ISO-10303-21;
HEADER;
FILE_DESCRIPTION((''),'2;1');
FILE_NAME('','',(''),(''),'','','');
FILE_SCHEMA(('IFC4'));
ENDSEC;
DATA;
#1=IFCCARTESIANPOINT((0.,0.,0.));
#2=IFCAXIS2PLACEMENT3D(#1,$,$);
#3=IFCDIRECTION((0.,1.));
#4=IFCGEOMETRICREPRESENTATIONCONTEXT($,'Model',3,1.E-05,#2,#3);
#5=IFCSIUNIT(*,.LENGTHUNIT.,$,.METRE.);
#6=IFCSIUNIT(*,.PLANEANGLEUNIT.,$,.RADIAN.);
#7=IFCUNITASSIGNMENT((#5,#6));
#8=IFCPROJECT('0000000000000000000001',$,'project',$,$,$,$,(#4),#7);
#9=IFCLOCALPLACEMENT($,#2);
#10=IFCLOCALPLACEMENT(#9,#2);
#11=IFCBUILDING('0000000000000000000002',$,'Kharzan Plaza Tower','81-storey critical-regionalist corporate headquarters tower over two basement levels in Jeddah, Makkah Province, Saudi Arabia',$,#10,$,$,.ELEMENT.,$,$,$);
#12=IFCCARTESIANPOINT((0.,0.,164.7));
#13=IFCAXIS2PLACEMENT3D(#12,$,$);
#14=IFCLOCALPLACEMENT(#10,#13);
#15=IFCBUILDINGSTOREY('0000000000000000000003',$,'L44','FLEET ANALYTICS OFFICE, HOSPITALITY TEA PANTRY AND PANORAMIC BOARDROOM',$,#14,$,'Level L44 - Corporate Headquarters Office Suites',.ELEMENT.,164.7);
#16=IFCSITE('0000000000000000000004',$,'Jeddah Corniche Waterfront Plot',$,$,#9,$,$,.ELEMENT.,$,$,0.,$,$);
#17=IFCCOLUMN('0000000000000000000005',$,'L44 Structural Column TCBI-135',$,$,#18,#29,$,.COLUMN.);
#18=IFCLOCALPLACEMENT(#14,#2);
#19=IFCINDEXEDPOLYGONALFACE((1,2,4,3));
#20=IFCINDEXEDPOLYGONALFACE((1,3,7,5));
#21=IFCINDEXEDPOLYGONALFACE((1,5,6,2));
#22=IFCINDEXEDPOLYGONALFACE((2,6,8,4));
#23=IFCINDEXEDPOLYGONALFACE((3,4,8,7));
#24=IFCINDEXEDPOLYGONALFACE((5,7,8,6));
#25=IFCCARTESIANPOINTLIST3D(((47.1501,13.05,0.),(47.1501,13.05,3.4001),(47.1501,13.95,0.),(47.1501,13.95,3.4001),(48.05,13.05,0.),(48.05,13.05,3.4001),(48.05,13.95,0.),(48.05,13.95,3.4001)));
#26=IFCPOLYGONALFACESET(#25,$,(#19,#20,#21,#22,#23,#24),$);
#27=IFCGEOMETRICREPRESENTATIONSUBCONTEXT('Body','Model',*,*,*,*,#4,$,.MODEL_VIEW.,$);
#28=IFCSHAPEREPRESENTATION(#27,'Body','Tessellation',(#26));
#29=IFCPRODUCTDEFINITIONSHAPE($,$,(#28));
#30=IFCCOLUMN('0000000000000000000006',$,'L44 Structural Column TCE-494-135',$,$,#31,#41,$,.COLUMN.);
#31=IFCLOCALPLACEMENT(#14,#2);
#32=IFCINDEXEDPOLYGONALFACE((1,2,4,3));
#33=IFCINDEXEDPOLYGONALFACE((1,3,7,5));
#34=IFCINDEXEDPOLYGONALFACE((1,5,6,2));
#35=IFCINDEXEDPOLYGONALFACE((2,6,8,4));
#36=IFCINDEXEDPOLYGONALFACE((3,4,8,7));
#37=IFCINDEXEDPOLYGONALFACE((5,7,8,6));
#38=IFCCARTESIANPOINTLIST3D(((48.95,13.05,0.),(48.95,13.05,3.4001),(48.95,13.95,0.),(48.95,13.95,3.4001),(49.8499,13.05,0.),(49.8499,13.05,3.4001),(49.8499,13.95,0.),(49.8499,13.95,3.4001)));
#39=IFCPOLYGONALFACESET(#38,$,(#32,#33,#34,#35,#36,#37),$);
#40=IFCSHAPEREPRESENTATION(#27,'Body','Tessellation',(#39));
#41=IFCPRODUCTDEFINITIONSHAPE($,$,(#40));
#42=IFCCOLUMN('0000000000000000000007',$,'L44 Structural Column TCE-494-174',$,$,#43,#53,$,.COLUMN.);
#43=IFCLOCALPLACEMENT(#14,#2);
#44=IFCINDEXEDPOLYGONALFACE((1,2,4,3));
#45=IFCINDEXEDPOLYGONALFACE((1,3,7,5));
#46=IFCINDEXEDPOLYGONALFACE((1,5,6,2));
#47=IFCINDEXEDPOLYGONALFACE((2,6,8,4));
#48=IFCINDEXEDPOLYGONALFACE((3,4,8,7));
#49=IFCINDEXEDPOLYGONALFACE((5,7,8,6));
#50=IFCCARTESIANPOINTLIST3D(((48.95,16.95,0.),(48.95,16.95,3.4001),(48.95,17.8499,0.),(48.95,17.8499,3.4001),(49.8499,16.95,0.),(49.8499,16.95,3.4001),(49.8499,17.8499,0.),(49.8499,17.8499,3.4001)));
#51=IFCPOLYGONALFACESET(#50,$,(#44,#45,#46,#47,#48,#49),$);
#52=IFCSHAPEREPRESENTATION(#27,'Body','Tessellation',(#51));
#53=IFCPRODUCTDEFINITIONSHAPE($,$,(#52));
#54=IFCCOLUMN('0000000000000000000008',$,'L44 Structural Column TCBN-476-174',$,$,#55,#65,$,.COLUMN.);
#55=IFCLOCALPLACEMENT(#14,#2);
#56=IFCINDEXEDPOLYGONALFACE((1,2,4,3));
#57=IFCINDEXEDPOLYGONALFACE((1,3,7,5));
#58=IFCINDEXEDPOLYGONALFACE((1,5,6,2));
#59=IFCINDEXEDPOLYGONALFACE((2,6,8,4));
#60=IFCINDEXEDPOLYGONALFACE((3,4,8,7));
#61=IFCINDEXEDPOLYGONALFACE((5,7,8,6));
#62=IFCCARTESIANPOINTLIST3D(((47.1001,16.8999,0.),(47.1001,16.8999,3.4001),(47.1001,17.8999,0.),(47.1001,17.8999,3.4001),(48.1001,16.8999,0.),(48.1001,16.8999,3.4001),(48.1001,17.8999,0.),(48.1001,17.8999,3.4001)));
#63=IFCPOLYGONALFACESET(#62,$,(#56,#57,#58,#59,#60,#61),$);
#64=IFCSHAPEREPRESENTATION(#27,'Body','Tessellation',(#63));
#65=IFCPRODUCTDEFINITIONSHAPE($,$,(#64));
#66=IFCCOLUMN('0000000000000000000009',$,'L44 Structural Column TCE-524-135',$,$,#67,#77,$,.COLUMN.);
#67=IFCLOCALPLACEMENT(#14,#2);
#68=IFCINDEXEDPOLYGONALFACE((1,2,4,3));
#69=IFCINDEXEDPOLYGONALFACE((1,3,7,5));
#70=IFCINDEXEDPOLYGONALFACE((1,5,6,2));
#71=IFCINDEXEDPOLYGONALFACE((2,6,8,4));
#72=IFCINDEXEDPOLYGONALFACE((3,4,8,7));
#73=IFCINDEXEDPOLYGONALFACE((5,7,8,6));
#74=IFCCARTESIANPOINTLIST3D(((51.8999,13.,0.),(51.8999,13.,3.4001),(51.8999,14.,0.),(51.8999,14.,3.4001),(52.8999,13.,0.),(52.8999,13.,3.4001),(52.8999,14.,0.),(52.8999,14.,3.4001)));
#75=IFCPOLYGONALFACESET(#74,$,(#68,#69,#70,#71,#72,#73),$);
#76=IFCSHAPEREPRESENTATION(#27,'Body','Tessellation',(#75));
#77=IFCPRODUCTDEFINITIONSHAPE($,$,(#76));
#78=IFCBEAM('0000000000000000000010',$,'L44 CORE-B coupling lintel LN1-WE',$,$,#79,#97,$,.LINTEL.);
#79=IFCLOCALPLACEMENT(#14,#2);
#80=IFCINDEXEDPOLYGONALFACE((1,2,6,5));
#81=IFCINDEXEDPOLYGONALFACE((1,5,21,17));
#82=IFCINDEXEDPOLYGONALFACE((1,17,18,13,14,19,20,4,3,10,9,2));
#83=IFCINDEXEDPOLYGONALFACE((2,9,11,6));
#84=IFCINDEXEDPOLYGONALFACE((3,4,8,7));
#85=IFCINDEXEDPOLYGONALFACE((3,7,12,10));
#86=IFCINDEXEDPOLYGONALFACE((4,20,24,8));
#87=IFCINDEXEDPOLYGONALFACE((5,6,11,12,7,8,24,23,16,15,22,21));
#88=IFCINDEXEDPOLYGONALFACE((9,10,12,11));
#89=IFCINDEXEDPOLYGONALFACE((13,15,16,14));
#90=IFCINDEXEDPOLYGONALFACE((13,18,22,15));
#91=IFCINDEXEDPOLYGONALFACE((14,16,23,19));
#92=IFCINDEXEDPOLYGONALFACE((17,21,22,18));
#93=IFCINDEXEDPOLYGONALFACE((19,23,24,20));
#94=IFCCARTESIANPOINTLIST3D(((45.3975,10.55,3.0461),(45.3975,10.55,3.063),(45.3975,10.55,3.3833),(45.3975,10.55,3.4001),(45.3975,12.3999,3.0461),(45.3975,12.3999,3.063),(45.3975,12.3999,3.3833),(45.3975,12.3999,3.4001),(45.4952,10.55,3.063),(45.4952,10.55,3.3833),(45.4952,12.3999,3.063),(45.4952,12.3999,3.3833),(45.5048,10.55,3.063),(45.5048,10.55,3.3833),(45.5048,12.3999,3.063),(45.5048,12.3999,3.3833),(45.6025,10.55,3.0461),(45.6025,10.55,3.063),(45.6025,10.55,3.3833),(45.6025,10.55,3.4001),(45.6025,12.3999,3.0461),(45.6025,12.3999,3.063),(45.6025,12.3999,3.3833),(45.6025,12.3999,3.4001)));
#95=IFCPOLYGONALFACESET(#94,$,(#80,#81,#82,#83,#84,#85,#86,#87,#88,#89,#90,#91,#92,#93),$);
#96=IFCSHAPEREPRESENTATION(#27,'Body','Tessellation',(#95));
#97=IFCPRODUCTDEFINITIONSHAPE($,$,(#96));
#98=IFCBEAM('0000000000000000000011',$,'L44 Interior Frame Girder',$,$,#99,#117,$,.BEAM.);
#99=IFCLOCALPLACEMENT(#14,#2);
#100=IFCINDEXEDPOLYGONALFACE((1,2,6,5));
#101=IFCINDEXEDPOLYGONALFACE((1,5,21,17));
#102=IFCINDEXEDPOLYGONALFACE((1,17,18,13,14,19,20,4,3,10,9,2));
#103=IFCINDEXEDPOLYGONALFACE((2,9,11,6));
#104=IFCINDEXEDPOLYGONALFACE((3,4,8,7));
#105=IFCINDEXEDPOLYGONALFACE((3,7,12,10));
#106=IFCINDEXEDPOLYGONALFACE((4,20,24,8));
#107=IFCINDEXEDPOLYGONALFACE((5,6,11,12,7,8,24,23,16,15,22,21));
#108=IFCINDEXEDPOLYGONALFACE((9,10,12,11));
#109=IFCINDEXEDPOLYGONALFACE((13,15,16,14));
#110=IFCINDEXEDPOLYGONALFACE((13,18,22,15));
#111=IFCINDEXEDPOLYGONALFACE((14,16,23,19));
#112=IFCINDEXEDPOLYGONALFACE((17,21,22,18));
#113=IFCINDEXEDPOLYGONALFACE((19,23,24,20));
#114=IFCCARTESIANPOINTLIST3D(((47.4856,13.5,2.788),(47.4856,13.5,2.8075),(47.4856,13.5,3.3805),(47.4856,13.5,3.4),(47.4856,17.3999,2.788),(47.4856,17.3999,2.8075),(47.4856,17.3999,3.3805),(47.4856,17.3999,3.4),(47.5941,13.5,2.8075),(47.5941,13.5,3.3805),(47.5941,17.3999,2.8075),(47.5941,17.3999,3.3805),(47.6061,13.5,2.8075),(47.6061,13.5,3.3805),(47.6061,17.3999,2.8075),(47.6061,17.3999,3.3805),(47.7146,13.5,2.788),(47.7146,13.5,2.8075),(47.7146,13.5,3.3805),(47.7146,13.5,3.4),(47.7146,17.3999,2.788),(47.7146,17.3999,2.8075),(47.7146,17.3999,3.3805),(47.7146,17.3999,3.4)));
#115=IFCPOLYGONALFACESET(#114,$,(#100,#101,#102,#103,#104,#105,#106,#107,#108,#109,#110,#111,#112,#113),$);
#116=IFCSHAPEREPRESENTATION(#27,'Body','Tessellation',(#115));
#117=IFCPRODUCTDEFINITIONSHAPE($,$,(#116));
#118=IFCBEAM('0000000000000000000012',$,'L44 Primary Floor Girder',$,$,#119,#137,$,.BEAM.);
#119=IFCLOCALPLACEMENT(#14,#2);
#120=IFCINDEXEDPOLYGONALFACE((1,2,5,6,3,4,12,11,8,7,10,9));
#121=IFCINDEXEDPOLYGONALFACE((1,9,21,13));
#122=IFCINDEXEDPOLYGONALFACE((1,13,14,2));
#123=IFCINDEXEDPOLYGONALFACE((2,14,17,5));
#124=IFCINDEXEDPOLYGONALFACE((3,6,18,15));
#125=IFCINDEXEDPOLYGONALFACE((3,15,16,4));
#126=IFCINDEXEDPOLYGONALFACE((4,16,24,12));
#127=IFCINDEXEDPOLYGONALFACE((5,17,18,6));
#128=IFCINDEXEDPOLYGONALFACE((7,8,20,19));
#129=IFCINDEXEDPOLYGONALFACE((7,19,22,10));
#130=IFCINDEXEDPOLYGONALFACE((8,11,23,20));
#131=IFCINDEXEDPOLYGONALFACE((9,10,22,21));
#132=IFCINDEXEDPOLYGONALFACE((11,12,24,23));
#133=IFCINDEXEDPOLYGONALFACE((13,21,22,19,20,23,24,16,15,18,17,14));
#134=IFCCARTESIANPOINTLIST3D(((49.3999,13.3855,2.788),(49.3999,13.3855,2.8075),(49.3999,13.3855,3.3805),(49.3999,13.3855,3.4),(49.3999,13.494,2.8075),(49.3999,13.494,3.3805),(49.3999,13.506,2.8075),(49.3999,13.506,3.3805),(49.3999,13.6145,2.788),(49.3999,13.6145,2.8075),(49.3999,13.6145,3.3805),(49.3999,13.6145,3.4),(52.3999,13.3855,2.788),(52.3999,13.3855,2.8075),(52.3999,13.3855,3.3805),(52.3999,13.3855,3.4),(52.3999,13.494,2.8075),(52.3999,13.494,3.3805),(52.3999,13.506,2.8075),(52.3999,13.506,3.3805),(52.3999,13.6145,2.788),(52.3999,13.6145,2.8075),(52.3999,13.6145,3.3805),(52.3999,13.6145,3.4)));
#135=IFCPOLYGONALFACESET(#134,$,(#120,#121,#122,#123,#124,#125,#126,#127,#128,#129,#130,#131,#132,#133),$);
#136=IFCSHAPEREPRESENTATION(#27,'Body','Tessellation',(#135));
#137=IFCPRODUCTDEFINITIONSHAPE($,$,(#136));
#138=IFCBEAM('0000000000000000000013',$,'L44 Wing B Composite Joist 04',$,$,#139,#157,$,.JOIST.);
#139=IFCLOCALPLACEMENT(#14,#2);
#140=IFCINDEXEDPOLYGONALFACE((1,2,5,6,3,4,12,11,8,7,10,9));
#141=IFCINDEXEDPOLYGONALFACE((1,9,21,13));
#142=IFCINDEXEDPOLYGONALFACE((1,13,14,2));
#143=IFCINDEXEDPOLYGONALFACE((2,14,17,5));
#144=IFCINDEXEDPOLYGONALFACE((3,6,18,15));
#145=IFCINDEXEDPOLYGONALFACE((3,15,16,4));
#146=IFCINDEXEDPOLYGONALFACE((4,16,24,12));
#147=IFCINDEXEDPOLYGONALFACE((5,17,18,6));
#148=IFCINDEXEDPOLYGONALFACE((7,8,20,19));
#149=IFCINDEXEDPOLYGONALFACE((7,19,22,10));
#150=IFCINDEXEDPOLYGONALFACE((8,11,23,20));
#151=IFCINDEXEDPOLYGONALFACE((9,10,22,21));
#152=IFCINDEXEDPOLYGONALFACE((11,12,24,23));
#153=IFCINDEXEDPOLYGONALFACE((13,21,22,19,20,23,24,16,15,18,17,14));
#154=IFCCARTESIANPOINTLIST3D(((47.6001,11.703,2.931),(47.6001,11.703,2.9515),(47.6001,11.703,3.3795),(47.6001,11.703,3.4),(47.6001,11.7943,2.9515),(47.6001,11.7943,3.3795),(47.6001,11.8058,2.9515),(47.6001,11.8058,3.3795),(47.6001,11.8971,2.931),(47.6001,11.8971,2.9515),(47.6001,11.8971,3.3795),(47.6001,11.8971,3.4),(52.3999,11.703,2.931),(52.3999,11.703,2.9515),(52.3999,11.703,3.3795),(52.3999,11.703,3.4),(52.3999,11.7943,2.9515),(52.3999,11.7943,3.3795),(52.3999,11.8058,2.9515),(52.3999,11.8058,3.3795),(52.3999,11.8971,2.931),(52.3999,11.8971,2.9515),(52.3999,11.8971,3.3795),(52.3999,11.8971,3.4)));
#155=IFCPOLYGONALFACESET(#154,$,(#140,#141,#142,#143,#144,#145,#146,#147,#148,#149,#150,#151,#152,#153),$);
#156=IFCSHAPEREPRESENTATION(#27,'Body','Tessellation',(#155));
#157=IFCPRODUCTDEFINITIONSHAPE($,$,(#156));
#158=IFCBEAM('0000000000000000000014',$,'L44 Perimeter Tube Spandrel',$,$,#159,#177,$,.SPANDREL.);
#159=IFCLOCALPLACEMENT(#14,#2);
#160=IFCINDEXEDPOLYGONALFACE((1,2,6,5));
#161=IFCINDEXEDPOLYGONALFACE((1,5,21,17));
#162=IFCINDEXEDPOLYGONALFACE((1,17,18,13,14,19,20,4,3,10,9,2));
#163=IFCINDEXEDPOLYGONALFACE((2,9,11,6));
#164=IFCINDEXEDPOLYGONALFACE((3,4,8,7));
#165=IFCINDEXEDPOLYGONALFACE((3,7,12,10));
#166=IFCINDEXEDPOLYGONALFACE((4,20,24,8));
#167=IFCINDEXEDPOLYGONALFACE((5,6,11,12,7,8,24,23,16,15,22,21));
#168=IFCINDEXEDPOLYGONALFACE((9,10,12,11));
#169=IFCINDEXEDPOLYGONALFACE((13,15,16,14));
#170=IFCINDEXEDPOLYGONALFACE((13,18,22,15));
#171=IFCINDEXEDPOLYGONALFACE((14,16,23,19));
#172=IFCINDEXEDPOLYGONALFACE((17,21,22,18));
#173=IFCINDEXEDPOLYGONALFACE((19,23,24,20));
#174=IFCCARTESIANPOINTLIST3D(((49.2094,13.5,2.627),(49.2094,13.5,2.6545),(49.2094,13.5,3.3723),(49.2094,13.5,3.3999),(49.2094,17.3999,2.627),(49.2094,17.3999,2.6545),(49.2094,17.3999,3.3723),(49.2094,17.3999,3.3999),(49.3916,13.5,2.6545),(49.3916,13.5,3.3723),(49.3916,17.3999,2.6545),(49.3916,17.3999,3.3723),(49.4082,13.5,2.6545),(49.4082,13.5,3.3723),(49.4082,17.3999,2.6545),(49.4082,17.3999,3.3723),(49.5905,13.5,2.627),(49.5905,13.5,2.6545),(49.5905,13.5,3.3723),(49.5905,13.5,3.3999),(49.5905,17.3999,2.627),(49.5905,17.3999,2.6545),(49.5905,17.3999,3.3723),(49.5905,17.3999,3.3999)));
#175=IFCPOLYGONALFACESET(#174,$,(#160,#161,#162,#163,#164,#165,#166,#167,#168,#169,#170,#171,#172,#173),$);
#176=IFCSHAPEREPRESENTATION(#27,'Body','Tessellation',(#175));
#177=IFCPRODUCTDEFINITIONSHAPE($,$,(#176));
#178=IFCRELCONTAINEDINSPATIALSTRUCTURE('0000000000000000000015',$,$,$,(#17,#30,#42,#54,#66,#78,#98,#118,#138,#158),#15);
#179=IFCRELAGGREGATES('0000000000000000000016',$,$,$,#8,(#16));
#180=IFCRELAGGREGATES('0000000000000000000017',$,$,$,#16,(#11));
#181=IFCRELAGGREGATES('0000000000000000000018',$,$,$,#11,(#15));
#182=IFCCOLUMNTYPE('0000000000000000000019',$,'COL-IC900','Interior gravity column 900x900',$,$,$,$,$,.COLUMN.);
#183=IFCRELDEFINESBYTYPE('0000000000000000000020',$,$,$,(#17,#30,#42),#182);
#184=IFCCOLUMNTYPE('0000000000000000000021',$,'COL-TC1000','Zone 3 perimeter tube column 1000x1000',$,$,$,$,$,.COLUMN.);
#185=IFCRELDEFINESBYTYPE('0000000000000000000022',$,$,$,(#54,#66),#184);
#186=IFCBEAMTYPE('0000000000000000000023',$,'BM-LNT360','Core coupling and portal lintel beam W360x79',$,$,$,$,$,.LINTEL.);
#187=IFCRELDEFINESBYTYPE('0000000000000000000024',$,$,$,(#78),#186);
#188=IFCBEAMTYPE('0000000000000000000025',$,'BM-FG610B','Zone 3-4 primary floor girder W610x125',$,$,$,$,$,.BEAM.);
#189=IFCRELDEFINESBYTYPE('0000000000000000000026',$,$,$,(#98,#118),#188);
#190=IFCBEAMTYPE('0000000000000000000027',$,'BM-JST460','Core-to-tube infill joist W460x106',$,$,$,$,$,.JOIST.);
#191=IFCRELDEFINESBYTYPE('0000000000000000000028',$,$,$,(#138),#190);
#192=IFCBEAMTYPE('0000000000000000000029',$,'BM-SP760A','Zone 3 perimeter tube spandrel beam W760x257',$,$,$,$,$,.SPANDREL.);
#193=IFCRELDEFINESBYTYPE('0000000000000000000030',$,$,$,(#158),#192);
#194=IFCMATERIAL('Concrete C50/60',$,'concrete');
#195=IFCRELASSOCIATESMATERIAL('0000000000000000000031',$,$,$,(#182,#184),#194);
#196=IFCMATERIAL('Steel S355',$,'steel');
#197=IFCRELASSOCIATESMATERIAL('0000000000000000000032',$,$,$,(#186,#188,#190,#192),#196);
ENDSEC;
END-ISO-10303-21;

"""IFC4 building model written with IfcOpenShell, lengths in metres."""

from ifc_helpers import new_model, si_unit, direction, frame, origin, origin_2d, place, context, subcontext, project, spatial, rectangle, i_section, extrude, source, transform, mapped, material, material_profile, profile_set, type_object, element, save


model = new_model("IFC4")

# Units and contexts
model_context = context("Model", 3, precision=1e-05, world=origin(), true_north=direction((0.0, 1.0)))
body_context = subcontext(model_context, "Body", "Model", "MODEL_VIEW")
ifc_project = project(units=[si_unit("LENGTHUNIT", "METRE"), si_unit("PLANEANGLEUNIT", "RADIAN")], contexts=[model_context])

# Site, building, storey
site_placement = place(None, origin())
site = spatial("IfcSite", under=ifc_project, at=site_placement, Name="Jeddah Corniche Waterfront Plot", CompositionType="ELEMENT", RefElevation=0.0)
building_placement = place(site_placement, origin())
building = spatial("IfcBuilding", under=site, at=building_placement, Name="Kharzan Plaza Tower", Description="81-storey critical-regionalist corporate headquarters tower over two basement levels in Jeddah, Makkah Province, Saudi Arabia", CompositionType="ELEMENT")
storey_placement = place(building_placement, frame((0.0, 0.0, 164.7)))
storey = spatial("IfcBuildingStorey", under=building, at=storey_placement, Name="L44", Description="FLEET ANALYTICS OFFICE, HOSPITALITY TEA PANTRY AND PANORAMIC BOARDROOM", LongName="Level L44 - Corporate Headquarters Office Suites", CompositionType="ELEMENT", Elevation=164.7)

# Columns
ifc_material_1 = material(Name="Concrete C50/60", Category="concrete")
ifc_material_profile_1 = material_profile(ifc_material_1, rectangle(XDim=0.8999, YDim=0.8999, at=origin_2d()), Name="RC-IC900x900")
ifc_profile_set_1 = profile_set([ifc_material_profile_1], Name="Concrete C50/60")
column_type_1 = type_object("IfcColumnType", Name="COL-IC900", Description="Interior gravity column 900x900", PredefinedType="COLUMN", material=ifc_profile_set_1)
shared_shape_1 = source(origin(), body_context, "Body", "SweptSolid", [
    extrude(rectangle(XDim=0.8999, YDim=0.8999, at=origin_2d()), origin(), (0.0, 0.0, 1.0), 3.4001),
])
for number, where, z_axis, x_axis, name in (
    (1, (47.6001, 13.5, 0.0), (0.0, 0.0, 1.0), (1.0, 0.0, 0.0), "L44 Structural Column TCBI-135"),
    (2, (49.3999, 13.5, 0.0), (0.0, 0.0, 1.0), (1.0, 0.0, 0.0), "L44 Structural Column TCE-494-135"),
    (3, (49.3999, 17.3999, 0.0), (0.0, 0.0, 1.0), (1.0, 0.0, 0.0), "L44 Structural Column TCE-494-174"),
):
    element("IfcColumn", number, at=place(storey_placement, frame(where, z_axis=z_axis, x_axis=x_axis)), inside=storey, type_object=column_type_1, Name=name, PredefinedType="COLUMN", context=body_context, shape_type="MappedRepresentation", body=[
        mapped(shared_shape_1, transform((0.0, 0.0, 0.0), x_axis=(1.0, 0.0, 0.0), y_axis=(0.0, 1.0, 0.0), z_axis=(0.0, 0.0, 1.0))),
    ])
ifc_material_profile_2 = material_profile(ifc_material_1, rectangle(XDim=1.0, YDim=1.0, at=origin_2d()), Name="RC-TC1000x1000")
ifc_profile_set_2 = profile_set([ifc_material_profile_2], Name="Concrete C50/60")
column_type_2 = type_object("IfcColumnType", Name="COL-TC1000", Description="Zone 3 perimeter tube column 1000x1000", PredefinedType="COLUMN", material=ifc_profile_set_2)
shared_shape_2 = source(origin(), body_context, "Body", "SweptSolid", [
    extrude(rectangle(XDim=1.0, YDim=1.0, at=origin_2d()), origin(), (0.0, 0.0, 1.0), 3.4001),
])
for number, where, z_axis, x_axis, name in (
    (4, (47.6001, 17.3999, 0.0), (0.0, 0.0, 1.0), (1.0, 0.0, 0.0), "L44 Structural Column TCBN-476-174"),
    (5, (52.3999, 13.5, 0.0), (0.0, 0.0, 1.0), (1.0, 0.0, 0.0), "L44 Structural Column TCE-524-135"),
):
    element("IfcColumn", number, at=place(storey_placement, frame(where, z_axis=z_axis, x_axis=x_axis)), inside=storey, type_object=column_type_2, Name=name, PredefinedType="COLUMN", context=body_context, shape_type="MappedRepresentation", body=[
        mapped(shared_shape_2, transform((0.0, 0.0, 0.0), x_axis=(1.0, 0.0, 0.0), y_axis=(0.0, 1.0, 0.0), z_axis=(0.0, 0.0, 1.0))),
    ])

# Beams
ifc_material_2 = material(Name="Steel S355", Category="steel")
ifc_material_profile_3 = material_profile(ifc_material_2, i_section(OverallWidth=0.2051, OverallDepth=0.354, WebThickness=0.0095, FlangeThickness=0.0168, at=origin_2d()), Name="W360x79")
ifc_profile_set_3 = profile_set([ifc_material_profile_3], Name="Steel S355")
beam_type_1 = type_object("IfcBeamType", Name="BM-LNT360", Description="Core coupling and portal lintel beam W360x79", PredefinedType="LINTEL", material=ifc_profile_set_3)
shared_shape_3 = source(origin(), body_context, "Body", "SweptSolid", [
    extrude(i_section(OverallWidth=0.2051, OverallDepth=0.354, WebThickness=0.0095, FlangeThickness=0.0168, at=origin_2d()), origin(), (0.0, 0.0, 1.0), 1.8499),
])
beam_1_placement = place(storey_placement, frame((45.5, 10.55, 3.2231), z_axis=(0.0, 1.0, 0.0), x_axis=(-1.0, 0.0, 0.0)))
element("IfcBeam", 6, at=beam_1_placement, inside=storey, type_object=beam_type_1, Name="L44 CORE-B coupling lintel LN1-WE", PredefinedType="LINTEL", context=body_context, shape_type="MappedRepresentation", body=[
    mapped(shared_shape_3, transform((0.0, 0.0, 0.0), x_axis=(1.0, 0.0, 0.0), y_axis=(0.0, 1.0, 0.0), z_axis=(0.0, 0.0, 1.0))),
])
ifc_material_profile_4 = material_profile(ifc_material_2, i_section(OverallWidth=0.229, OverallDepth=0.6121, WebThickness=0.012, FlangeThickness=0.0195, at=origin_2d()), Name="W610x125")
ifc_profile_set_4 = profile_set([ifc_material_profile_4], Name="Steel S355")
beam_type_2 = type_object("IfcBeamType", Name="BM-FG610B", Description="Zone 3-4 primary floor girder W610x125", PredefinedType="BEAM", material=ifc_profile_set_4)
shared_shape_4 = source(origin(), body_context, "Body", "SweptSolid", [
    extrude(i_section(OverallWidth=0.229, OverallDepth=0.6121, WebThickness=0.012, FlangeThickness=0.0195, at=origin_2d()), origin(), (0.0, 0.0, 1.0), 3.8999),
])
beam_2_placement = place(storey_placement, frame((47.6001, 13.5, 3.094), z_axis=(0.0, 1.0, 0.0), x_axis=(-1.0, 0.0, 0.0)))
element("IfcBeam", 7, at=beam_2_placement, inside=storey, type_object=beam_type_2, Name="L44 Interior Frame Girder", PredefinedType="BEAM", context=body_context, shape_type="MappedRepresentation", body=[
    mapped(shared_shape_4, transform((0.0, 0.0, 0.0), x_axis=(1.0, 0.0, 0.0), y_axis=(0.0, 1.0, 0.0), z_axis=(0.0, 0.0, 1.0))),
])
shared_shape_5 = source(origin(), body_context, "Body", "SweptSolid", [
    extrude(i_section(OverallWidth=0.229, OverallDepth=0.6121, WebThickness=0.012, FlangeThickness=0.0195, at=origin_2d()), origin(), (0.0, 0.0, 1.0), 3.0),
])
beam_3_placement = place(storey_placement, frame((49.3999, 13.5, 3.094), z_axis=(1.0, 0.0, 0.0), x_axis=(0.0, 1.0, 0.0)))
element("IfcBeam", 8, at=beam_3_placement, inside=storey, type_object=beam_type_2, Name="L44 Primary Floor Girder", PredefinedType="BEAM", context=body_context, shape_type="MappedRepresentation", body=[
    mapped(shared_shape_5, transform((0.0, 0.0, 0.0), x_axis=(1.0, 0.0, 0.0), y_axis=(0.0, 1.0, 0.0), z_axis=(0.0, 0.0, 1.0))),
])
ifc_material_profile_5 = material_profile(ifc_material_2, i_section(OverallWidth=0.1941, OverallDepth=0.469, WebThickness=0.0115, FlangeThickness=0.0205, at=origin_2d()), Name="W460x106")
ifc_profile_set_5 = profile_set([ifc_material_profile_5], Name="Steel S355")
beam_type_3 = type_object("IfcBeamType", Name="BM-JST460", Description="Core-to-tube infill joist W460x106", PredefinedType="JOIST", material=ifc_profile_set_5)
shared_shape_6 = source(origin(), body_context, "Body", "SweptSolid", [
    extrude(i_section(OverallWidth=0.1941, OverallDepth=0.469, WebThickness=0.0115, FlangeThickness=0.0205, at=origin_2d()), origin(), (0.0, 0.0, 1.0), 4.7998),
])
beam_4_placement = place(storey_placement, frame((47.6001, 11.8, 3.1655), z_axis=(1.0, 0.0, 0.0), x_axis=(0.0, 1.0, 0.0)))
element("IfcBeam", 9, at=beam_4_placement, inside=storey, type_object=beam_type_3, Name="L44 Wing B Composite Joist 04", PredefinedType="JOIST", context=body_context, shape_type="MappedRepresentation", body=[
    mapped(shared_shape_6, transform((0.0, 0.0, 0.0), x_axis=(1.0, 0.0, 0.0), y_axis=(0.0, 1.0, 0.0), z_axis=(0.0, 0.0, 1.0))),
])
ifc_material_profile_6 = material_profile(ifc_material_2, i_section(OverallWidth=0.3811, OverallDepth=0.7729, WebThickness=0.0166, FlangeThickness=0.0276, at=origin_2d()), Name="W760x257")
ifc_profile_set_6 = profile_set([ifc_material_profile_6], Name="Steel S355")
beam_type_4 = type_object("IfcBeamType", Name="BM-SP760A", Description="Zone 3 perimeter tube spandrel beam W760x257", PredefinedType="SPANDREL", material=ifc_profile_set_6)
shared_shape_7 = source(origin(), body_context, "Body", "SweptSolid", [
    extrude(i_section(OverallWidth=0.3811, OverallDepth=0.7729, WebThickness=0.0166, FlangeThickness=0.0276, at=origin_2d()), origin(), (0.0, 0.0, 1.0), 3.8999),
])
beam_5_placement = place(storey_placement, frame((49.3999, 13.5, 3.0134), z_axis=(0.0, 1.0, 0.0), x_axis=(-1.0, 0.0, 0.0)))
element("IfcBeam", 10, at=beam_5_placement, inside=storey, type_object=beam_type_4, Name="L44 Perimeter Tube Spandrel", PredefinedType="SPANDREL", context=body_context, shape_type="MappedRepresentation", body=[
    mapped(shared_shape_7, transform((0.0, 0.0, 0.0), x_axis=(1.0, 0.0, 0.0), y_axis=(0.0, 1.0, 0.0), z_axis=(0.0, 0.0, 1.0))),
])

save(model, "model.ifc")
